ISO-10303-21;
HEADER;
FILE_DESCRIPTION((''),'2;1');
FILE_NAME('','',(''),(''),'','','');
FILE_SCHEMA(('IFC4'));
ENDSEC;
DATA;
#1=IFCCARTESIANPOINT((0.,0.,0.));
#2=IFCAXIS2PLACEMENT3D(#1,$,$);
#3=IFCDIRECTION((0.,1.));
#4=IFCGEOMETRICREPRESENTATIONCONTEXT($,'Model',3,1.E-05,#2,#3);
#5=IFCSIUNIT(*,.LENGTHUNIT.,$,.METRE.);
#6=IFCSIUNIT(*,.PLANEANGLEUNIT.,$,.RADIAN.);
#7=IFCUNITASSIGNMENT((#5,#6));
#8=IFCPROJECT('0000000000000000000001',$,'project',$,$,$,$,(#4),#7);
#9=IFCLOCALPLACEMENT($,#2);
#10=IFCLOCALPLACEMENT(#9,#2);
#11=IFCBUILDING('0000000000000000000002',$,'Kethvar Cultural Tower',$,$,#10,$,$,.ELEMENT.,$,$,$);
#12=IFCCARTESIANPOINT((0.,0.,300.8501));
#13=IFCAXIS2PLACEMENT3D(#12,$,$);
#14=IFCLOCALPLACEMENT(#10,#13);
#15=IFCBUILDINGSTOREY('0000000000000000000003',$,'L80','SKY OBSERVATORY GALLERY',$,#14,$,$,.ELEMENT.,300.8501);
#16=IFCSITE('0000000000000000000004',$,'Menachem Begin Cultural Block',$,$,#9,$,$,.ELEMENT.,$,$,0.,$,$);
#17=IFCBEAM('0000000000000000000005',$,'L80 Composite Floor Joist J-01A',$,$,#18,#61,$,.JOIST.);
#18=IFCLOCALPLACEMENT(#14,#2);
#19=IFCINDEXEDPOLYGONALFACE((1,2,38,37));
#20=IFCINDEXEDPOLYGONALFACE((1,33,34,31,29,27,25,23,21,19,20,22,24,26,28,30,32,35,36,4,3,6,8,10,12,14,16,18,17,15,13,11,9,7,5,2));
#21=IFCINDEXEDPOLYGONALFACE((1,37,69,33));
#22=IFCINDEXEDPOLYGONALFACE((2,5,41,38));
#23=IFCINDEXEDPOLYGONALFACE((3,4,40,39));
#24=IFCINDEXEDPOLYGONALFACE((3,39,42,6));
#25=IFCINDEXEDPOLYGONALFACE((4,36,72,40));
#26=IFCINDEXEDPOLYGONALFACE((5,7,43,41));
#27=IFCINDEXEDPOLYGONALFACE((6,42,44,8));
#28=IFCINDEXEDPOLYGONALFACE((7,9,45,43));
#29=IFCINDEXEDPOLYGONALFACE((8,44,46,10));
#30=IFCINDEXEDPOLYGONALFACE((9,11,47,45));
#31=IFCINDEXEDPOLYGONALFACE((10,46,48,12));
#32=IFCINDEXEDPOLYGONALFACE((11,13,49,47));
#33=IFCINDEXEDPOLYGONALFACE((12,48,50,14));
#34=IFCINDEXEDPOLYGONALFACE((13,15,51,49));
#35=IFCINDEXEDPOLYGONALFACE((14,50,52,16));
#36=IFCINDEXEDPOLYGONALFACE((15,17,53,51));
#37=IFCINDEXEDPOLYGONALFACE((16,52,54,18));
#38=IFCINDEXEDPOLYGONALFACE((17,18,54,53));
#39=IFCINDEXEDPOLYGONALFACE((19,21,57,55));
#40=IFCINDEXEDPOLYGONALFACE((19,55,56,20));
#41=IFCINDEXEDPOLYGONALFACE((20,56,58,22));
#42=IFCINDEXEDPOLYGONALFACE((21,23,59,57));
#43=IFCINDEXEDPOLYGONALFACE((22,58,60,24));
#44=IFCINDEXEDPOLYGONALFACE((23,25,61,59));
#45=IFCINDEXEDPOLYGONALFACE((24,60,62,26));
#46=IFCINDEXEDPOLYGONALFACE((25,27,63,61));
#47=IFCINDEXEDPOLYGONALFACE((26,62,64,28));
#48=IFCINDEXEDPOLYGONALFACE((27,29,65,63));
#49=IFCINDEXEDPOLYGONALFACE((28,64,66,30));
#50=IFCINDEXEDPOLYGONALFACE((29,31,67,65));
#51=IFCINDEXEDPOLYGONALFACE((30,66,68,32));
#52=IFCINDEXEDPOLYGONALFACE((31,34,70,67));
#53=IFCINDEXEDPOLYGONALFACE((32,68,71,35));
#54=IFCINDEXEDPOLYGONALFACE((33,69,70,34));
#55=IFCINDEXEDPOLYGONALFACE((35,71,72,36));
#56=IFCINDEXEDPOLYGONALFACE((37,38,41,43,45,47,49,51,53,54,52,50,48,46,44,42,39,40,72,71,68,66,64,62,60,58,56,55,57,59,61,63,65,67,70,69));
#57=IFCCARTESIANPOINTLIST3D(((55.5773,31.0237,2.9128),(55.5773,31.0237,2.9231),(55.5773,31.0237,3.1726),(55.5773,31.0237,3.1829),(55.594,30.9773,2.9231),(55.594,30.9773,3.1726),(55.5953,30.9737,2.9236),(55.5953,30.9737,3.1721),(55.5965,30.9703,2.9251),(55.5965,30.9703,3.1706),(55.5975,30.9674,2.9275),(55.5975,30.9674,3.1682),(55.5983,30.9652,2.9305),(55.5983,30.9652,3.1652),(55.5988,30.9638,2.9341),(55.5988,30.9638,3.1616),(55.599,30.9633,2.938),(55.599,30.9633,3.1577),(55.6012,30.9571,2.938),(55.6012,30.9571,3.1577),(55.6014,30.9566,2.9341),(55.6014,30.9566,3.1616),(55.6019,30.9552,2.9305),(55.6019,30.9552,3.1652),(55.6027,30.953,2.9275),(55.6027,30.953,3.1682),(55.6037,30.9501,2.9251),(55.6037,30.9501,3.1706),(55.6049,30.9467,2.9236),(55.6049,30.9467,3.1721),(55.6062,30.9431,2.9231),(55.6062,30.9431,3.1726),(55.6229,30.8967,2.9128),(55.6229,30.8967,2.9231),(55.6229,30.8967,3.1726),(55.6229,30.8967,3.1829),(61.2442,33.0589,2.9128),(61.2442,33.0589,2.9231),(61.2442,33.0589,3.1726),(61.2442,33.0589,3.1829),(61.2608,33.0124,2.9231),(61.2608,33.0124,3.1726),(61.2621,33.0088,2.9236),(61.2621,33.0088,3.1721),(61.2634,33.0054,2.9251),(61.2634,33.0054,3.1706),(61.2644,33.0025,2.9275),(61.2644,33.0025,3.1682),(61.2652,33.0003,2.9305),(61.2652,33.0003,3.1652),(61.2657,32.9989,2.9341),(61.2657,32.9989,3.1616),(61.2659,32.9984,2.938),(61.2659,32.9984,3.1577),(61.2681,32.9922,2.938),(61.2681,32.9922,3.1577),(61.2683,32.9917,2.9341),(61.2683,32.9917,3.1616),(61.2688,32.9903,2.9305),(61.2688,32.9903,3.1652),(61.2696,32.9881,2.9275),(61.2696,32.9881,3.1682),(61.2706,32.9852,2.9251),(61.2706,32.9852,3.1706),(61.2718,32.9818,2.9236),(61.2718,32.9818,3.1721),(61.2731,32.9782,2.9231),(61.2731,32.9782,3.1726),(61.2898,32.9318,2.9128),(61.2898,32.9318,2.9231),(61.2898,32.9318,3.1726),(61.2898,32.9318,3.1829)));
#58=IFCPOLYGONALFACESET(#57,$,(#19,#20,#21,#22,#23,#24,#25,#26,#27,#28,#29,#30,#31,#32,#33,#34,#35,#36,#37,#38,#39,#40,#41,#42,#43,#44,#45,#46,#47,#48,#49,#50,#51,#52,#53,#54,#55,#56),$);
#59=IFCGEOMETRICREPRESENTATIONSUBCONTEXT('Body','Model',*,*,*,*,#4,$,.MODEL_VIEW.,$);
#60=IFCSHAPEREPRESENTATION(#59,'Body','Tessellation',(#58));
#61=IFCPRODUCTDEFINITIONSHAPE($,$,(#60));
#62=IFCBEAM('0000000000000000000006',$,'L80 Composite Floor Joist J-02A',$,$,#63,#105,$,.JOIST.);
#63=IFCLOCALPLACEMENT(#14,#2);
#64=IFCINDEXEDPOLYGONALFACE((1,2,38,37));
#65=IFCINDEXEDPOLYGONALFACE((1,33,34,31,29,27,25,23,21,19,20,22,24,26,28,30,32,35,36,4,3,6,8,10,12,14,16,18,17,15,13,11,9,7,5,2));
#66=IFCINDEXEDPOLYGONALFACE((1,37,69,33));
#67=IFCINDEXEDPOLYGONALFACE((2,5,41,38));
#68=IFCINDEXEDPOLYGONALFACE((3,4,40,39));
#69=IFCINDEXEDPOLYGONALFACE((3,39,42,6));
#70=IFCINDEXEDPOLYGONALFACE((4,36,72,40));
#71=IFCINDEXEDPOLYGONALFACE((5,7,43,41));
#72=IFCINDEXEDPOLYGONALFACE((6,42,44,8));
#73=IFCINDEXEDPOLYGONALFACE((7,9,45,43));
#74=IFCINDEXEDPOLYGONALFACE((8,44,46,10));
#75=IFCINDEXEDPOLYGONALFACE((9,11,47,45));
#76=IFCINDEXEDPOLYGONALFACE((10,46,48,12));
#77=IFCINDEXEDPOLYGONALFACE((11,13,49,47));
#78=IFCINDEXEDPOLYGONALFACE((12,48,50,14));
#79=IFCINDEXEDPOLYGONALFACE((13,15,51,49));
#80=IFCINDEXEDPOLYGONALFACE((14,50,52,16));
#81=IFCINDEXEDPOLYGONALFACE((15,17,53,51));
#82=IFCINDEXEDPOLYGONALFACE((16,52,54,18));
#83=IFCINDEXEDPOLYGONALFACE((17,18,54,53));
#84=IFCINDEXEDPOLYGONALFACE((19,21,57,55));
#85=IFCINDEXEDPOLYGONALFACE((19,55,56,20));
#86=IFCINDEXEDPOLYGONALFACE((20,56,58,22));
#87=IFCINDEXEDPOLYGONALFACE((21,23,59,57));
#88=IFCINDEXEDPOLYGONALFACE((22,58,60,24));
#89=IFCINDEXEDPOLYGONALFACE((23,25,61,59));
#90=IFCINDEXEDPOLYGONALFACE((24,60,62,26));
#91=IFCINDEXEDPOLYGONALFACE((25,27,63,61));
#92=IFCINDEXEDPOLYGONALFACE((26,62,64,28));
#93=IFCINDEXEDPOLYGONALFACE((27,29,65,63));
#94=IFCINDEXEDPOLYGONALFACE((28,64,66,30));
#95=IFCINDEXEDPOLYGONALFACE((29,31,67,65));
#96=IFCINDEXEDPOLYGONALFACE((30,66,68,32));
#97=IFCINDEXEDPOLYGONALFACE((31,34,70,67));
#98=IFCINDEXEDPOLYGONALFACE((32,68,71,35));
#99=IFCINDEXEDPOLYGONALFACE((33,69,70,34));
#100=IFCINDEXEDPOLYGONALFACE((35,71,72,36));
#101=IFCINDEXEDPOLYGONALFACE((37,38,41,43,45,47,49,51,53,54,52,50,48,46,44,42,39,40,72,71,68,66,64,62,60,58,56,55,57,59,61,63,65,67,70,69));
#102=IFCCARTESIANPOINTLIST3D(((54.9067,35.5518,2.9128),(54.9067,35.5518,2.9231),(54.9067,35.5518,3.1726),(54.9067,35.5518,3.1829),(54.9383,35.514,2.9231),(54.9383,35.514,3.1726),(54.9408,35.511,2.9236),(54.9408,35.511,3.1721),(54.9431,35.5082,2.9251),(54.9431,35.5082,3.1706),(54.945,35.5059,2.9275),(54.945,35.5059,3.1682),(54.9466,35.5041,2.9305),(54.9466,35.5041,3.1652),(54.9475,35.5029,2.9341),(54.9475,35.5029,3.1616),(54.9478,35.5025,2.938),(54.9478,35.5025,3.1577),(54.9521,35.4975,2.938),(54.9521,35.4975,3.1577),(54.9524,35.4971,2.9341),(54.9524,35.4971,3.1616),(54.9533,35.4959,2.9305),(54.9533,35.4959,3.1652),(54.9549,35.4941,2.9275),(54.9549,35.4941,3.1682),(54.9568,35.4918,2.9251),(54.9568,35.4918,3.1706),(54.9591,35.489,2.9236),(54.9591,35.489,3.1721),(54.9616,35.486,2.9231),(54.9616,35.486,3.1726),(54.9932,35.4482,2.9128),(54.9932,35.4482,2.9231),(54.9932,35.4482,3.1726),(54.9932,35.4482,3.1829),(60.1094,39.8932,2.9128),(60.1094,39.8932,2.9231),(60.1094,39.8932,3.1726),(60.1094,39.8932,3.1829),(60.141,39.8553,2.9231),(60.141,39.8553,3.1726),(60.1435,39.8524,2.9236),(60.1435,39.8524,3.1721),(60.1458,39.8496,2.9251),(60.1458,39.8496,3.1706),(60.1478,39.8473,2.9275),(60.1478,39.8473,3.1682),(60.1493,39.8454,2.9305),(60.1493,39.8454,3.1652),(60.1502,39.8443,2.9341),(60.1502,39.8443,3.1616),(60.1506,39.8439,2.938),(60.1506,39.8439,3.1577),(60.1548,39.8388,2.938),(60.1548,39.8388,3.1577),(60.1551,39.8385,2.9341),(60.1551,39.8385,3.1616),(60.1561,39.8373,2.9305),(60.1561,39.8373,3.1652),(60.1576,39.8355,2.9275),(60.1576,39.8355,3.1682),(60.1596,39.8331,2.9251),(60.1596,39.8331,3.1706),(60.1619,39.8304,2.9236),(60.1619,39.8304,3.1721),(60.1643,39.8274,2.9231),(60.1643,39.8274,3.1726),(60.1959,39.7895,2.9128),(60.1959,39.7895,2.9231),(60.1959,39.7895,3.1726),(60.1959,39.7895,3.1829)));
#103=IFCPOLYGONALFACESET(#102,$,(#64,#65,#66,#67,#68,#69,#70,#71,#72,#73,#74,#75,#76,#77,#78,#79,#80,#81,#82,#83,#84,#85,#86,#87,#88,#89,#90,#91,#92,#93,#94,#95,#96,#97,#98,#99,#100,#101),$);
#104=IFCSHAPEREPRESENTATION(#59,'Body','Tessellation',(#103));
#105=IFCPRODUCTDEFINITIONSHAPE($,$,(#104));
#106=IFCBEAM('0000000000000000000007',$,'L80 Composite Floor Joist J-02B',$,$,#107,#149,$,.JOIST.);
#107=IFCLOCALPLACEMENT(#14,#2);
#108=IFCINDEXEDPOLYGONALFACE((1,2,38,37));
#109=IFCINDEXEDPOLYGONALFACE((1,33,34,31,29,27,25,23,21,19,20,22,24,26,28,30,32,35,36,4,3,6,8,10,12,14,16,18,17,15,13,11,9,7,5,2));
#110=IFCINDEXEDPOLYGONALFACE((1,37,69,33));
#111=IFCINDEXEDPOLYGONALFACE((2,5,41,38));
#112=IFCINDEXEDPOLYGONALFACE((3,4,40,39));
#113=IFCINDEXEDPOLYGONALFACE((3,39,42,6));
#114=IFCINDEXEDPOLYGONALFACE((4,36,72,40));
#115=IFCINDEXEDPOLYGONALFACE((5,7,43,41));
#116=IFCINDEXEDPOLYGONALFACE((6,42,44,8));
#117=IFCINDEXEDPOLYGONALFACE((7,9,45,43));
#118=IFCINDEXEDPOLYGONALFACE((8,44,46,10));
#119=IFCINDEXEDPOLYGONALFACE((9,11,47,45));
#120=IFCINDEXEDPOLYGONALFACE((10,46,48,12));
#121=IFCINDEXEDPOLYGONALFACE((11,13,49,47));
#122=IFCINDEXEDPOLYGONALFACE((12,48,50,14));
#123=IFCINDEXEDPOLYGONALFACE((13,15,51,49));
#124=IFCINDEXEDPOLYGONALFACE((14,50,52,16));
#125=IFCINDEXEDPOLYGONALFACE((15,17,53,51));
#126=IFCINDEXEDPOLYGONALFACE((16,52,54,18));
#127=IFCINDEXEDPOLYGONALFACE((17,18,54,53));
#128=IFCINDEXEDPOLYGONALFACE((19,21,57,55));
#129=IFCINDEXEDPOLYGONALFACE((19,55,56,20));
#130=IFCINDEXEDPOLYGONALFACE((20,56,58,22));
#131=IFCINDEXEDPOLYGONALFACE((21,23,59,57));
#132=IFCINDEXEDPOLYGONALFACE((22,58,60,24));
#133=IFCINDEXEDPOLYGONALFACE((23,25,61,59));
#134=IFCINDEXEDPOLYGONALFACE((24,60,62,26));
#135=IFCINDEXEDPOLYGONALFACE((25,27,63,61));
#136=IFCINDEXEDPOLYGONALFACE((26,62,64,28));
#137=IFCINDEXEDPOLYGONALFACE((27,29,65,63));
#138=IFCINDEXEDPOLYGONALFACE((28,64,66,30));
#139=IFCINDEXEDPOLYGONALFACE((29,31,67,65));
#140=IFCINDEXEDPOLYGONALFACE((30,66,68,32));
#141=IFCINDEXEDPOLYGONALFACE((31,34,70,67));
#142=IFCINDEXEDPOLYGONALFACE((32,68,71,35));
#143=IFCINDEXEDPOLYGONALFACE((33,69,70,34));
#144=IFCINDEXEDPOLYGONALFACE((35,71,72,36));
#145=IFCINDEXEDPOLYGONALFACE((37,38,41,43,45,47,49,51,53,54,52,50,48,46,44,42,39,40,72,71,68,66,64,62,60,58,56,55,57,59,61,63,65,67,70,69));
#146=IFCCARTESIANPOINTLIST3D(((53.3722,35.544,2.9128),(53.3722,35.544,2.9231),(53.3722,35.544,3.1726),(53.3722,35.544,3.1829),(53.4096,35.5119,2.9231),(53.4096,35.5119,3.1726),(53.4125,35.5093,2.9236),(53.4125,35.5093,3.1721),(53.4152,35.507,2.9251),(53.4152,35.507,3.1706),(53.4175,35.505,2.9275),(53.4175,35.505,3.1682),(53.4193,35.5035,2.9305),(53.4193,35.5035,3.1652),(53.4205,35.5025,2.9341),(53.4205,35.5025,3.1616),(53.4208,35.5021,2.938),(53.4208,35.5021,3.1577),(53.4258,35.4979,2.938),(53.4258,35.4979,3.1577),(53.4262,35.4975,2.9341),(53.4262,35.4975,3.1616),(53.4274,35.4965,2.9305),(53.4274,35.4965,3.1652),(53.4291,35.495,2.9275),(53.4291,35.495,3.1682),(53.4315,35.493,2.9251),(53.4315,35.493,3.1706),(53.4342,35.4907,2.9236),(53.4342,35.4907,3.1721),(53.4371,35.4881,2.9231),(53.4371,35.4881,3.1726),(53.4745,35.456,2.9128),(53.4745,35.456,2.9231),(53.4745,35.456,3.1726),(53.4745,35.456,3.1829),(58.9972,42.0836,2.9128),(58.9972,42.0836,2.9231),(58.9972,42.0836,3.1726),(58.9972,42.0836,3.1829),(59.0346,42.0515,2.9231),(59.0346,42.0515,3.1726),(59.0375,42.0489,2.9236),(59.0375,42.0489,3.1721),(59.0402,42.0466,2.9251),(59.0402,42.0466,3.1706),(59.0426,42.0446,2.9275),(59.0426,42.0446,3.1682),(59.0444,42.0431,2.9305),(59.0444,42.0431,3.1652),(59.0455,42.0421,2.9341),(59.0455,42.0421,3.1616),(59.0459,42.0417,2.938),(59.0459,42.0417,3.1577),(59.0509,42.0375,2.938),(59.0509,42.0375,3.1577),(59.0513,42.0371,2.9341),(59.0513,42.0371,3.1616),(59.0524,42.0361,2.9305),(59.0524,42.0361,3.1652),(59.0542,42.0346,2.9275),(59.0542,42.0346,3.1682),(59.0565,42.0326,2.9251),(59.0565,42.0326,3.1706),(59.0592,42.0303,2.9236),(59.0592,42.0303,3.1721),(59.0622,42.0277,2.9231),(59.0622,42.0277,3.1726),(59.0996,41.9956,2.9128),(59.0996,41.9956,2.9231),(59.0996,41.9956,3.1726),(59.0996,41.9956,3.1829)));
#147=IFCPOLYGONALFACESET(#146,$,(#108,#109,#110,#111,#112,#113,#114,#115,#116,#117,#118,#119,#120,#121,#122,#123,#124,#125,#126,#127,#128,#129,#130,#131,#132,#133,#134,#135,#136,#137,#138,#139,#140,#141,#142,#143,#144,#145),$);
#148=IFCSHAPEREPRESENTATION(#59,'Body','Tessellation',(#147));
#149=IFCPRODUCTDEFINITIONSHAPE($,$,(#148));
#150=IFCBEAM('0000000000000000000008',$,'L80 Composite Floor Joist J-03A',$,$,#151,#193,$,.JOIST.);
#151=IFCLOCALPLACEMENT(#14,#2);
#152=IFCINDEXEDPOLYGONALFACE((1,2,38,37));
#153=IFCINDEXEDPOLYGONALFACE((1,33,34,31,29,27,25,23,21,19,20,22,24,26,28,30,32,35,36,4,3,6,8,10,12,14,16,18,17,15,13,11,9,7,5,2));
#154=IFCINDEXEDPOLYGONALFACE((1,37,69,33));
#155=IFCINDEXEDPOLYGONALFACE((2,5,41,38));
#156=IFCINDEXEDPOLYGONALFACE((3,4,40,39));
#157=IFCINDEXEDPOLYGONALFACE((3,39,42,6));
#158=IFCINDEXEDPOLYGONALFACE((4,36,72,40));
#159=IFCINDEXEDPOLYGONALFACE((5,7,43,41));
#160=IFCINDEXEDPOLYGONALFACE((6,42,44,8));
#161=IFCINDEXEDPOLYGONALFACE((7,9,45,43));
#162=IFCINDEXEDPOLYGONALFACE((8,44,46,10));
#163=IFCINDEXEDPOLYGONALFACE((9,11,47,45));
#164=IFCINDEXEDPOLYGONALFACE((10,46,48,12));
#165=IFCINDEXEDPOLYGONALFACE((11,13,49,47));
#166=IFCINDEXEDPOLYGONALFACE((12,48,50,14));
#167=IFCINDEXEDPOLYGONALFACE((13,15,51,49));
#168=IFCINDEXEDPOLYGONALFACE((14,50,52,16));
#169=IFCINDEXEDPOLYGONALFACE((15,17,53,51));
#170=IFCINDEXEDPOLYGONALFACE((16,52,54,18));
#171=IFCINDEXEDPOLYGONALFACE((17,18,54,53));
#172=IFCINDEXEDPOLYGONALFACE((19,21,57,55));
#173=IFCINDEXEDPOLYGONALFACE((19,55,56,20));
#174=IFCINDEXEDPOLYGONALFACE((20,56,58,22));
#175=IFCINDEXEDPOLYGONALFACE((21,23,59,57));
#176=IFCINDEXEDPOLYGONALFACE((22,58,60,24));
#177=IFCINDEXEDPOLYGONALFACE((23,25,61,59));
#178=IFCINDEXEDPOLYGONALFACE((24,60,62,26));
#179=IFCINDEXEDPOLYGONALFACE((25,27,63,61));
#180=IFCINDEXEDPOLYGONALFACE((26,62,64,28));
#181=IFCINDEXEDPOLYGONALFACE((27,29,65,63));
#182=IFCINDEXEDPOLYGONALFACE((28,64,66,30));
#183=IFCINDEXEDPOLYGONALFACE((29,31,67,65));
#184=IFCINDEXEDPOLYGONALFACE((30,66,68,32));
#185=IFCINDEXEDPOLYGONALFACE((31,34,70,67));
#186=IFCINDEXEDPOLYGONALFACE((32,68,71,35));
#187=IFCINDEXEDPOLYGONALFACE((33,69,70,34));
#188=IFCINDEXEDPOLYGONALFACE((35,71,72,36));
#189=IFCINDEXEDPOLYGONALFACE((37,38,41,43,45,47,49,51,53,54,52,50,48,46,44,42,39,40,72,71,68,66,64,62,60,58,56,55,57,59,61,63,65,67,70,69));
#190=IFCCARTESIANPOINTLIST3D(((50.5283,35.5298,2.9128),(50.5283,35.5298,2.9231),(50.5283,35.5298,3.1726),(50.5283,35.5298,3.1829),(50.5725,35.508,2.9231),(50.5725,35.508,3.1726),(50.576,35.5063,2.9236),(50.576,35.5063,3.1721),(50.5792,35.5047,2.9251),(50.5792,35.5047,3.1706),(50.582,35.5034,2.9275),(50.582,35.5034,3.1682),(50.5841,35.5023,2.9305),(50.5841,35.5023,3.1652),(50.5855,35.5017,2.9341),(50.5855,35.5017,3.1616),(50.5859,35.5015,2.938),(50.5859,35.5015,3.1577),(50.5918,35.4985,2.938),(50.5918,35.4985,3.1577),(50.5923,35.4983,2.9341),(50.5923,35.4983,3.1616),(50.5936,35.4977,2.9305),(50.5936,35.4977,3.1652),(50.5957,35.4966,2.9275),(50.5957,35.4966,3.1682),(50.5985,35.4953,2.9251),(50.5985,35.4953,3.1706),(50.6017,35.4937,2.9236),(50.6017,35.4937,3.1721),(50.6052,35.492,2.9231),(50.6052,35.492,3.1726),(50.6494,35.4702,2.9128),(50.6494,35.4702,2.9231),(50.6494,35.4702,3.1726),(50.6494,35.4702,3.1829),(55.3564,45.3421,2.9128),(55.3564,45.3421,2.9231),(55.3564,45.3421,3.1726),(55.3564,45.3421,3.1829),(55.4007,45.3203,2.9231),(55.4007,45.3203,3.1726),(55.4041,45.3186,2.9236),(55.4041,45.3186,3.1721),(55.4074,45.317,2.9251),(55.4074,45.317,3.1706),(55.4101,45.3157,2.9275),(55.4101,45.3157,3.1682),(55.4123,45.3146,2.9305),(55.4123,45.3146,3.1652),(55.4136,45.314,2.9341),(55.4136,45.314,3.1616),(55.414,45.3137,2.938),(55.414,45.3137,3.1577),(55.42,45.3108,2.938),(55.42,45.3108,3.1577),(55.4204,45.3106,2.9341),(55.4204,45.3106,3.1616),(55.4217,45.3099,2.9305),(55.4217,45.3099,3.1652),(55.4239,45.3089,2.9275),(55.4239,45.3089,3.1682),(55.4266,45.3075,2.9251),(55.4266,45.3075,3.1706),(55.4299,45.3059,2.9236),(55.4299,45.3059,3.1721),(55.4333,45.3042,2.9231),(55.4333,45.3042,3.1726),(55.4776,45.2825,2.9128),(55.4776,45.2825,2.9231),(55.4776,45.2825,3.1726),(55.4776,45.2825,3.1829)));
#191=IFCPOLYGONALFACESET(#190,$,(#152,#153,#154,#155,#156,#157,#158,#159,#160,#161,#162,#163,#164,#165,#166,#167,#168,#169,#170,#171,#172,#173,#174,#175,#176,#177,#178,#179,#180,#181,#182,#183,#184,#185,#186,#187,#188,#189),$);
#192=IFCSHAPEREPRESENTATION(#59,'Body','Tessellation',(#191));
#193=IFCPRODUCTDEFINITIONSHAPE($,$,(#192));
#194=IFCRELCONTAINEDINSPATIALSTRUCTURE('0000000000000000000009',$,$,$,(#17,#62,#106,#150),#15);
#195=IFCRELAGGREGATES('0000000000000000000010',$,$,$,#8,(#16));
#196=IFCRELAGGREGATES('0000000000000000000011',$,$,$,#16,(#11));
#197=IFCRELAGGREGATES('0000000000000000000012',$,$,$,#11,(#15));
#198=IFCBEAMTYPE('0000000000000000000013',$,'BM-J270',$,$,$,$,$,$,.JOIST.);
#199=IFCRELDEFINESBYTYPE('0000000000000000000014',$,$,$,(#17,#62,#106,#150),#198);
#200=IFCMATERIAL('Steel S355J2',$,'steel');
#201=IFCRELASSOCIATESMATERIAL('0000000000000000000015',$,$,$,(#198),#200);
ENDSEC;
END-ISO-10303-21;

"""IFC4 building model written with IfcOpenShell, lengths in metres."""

from ifc_helpers import new_model, si_unit, direction, frame, origin, origin_2d, place, context, subcontext, project, spatial, i_section, extrude, source, transform, mapped, material, material_profile, profile_set, type_object, element, save


model = new_model("IFC4")

# Units and contexts
model_context = context("Model", 3, precision=1e-05, world=origin(), true_north=direction((0.0, 1.0)))
body_context = subcontext(model_context, "Body", "Model", "MODEL_VIEW")
ifc_project = project(units=[si_unit("LENGTHUNIT", "METRE"), si_unit("PLANEANGLEUNIT", "RADIAN")], contexts=[model_context])

# Site, building, storey
site_placement = place(None, origin())
site = spatial("IfcSite", under=ifc_project, at=site_placement, Name="Menachem Begin Cultural Block", CompositionType="ELEMENT", RefElevation=0.0)
building_placement = place(site_placement, origin())
building = spatial("IfcBuilding", under=site, at=building_placement, Name="Kethvar Cultural Tower", CompositionType="ELEMENT")
storey_placement = place(building_placement, frame((0.0, 0.0, 300.8501)))
storey = spatial("IfcBuildingStorey", under=building, at=storey_placement, Name="L80", Description="SKY OBSERVATORY GALLERY", CompositionType="ELEMENT", Elevation=300.8501)

# Beams
ifc_material_1 = material(Name="Steel S355J2", Category="steel")
ifc_material_profile_1 = material_profile(ifc_material_1, i_section(OverallWidth=0.135, OverallDepth=0.27, WebThickness=0.0066, FlangeThickness=0.0103, FilletRadius=0.0149, at=origin_2d()), Name="Steel S355J2 — IPE270")
ifc_profile_set_1 = profile_set([ifc_material_profile_1], Name="Steel S355J2 — IPE270")
beam_type_1 = type_object("IfcBeamType", Name="BM-J270", PredefinedType="JOIST", material=ifc_profile_set_1)
shared_shape_1 = source(origin(), body_context, "Body", "SweptSolid", [
    extrude(i_section(OverallWidth=0.135, OverallDepth=0.27, WebThickness=0.0066, FlangeThickness=0.0103, FilletRadius=0.0149, at=origin_2d()), origin(), (0.0, 0.0, 1.0), 6.0212),
])
beam_1_placement = place(storey_placement, frame((55.6001, 30.9602, 3.0479), z_axis=(0.94115, 0.33799, 0.0), x_axis=(-0.33799, 0.94115, 0.0)))
element("IfcBeam", 1, at=beam_1_placement, inside=storey, type_object=beam_type_1, Name="L80 Composite Floor Joist J-01A", PredefinedType="JOIST", context=body_context, shape_type="MappedRepresentation", body=[
    mapped(shared_shape_1, transform((0.0, 0.0, 0.0), scale=1.0)),
])
shared_shape_2 = source(origin(), body_context, "Body", "SweptSolid", [
    extrude(i_section(OverallWidth=0.135, OverallDepth=0.27, WebThickness=0.0066, FlangeThickness=0.0103, FilletRadius=0.0149, at=origin_2d()), origin(), (0.0, 0.0, 1.0), 6.7761),
])
beam_2_placement = place(storey_placement, frame((54.95, 35.5, 3.0479), z_axis=(0.767802, 0.640688, 0.0), x_axis=(-0.640688, 0.767802, 0.0)))
element("IfcBeam", 2, at=beam_2_placement, inside=storey, type_object=beam_type_1, Name="L80 Composite Floor Joist J-02A", PredefinedType="JOIST", context=body_context, shape_type="MappedRepresentation", body=[
    mapped(shared_shape_2, transform((0.0, 0.0, 0.0), scale=1.0)),
])
shared_shape_3 = source(origin(), body_context, "Body", "SweptSolid", [
    extrude(i_section(OverallWidth=0.135, OverallDepth=0.27, WebThickness=0.0066, FlangeThickness=0.0103, FilletRadius=0.0149, at=origin_2d()), origin(), (0.0, 0.0, 1.0), 8.626),
])
beam_3_placement = place(storey_placement, frame((53.4233, 35.5, 3.0479), z_axis=(0.652105, 0.758129, 0.0), x_axis=(-0.758129, 0.652105, 0.0)))
element("IfcBeam", 3, at=beam_3_placement, inside=storey, type_object=beam_type_1, Name="L80 Composite Floor Joist J-02B", PredefinedType="JOIST", context=body_context, shape_type="MappedRepresentation", body=[
    mapped(shared_shape_3, transform((0.0, 0.0, 0.0), scale=1.0)),
])
shared_shape_4 = source(origin(), body_context, "Body", "SweptSolid", [
    extrude(i_section(OverallWidth=0.135, OverallDepth=0.27, WebThickness=0.0066, FlangeThickness=0.0103, FilletRadius=0.0149, at=origin_2d()), origin(), (0.0, 0.0, 1.0), 10.9358),
])
beam_4_placement = place(storey_placement, frame((50.5889, 35.5, 3.0479), z_axis=(0.441498, 0.897262, 0.0), x_axis=(-0.897262, 0.441498, 0.0)))
element("IfcBeam", 4, at=beam_4_placement, inside=storey, type_object=beam_type_1, Name="L80 Composite Floor Joist J-03A", PredefinedType="JOIST", context=body_context, shape_type="MappedRepresentation", body=[
    mapped(shared_shape_4, transform((0.0, 0.0, 0.0), scale=1.0)),
])

save(model, "model.ifc")
